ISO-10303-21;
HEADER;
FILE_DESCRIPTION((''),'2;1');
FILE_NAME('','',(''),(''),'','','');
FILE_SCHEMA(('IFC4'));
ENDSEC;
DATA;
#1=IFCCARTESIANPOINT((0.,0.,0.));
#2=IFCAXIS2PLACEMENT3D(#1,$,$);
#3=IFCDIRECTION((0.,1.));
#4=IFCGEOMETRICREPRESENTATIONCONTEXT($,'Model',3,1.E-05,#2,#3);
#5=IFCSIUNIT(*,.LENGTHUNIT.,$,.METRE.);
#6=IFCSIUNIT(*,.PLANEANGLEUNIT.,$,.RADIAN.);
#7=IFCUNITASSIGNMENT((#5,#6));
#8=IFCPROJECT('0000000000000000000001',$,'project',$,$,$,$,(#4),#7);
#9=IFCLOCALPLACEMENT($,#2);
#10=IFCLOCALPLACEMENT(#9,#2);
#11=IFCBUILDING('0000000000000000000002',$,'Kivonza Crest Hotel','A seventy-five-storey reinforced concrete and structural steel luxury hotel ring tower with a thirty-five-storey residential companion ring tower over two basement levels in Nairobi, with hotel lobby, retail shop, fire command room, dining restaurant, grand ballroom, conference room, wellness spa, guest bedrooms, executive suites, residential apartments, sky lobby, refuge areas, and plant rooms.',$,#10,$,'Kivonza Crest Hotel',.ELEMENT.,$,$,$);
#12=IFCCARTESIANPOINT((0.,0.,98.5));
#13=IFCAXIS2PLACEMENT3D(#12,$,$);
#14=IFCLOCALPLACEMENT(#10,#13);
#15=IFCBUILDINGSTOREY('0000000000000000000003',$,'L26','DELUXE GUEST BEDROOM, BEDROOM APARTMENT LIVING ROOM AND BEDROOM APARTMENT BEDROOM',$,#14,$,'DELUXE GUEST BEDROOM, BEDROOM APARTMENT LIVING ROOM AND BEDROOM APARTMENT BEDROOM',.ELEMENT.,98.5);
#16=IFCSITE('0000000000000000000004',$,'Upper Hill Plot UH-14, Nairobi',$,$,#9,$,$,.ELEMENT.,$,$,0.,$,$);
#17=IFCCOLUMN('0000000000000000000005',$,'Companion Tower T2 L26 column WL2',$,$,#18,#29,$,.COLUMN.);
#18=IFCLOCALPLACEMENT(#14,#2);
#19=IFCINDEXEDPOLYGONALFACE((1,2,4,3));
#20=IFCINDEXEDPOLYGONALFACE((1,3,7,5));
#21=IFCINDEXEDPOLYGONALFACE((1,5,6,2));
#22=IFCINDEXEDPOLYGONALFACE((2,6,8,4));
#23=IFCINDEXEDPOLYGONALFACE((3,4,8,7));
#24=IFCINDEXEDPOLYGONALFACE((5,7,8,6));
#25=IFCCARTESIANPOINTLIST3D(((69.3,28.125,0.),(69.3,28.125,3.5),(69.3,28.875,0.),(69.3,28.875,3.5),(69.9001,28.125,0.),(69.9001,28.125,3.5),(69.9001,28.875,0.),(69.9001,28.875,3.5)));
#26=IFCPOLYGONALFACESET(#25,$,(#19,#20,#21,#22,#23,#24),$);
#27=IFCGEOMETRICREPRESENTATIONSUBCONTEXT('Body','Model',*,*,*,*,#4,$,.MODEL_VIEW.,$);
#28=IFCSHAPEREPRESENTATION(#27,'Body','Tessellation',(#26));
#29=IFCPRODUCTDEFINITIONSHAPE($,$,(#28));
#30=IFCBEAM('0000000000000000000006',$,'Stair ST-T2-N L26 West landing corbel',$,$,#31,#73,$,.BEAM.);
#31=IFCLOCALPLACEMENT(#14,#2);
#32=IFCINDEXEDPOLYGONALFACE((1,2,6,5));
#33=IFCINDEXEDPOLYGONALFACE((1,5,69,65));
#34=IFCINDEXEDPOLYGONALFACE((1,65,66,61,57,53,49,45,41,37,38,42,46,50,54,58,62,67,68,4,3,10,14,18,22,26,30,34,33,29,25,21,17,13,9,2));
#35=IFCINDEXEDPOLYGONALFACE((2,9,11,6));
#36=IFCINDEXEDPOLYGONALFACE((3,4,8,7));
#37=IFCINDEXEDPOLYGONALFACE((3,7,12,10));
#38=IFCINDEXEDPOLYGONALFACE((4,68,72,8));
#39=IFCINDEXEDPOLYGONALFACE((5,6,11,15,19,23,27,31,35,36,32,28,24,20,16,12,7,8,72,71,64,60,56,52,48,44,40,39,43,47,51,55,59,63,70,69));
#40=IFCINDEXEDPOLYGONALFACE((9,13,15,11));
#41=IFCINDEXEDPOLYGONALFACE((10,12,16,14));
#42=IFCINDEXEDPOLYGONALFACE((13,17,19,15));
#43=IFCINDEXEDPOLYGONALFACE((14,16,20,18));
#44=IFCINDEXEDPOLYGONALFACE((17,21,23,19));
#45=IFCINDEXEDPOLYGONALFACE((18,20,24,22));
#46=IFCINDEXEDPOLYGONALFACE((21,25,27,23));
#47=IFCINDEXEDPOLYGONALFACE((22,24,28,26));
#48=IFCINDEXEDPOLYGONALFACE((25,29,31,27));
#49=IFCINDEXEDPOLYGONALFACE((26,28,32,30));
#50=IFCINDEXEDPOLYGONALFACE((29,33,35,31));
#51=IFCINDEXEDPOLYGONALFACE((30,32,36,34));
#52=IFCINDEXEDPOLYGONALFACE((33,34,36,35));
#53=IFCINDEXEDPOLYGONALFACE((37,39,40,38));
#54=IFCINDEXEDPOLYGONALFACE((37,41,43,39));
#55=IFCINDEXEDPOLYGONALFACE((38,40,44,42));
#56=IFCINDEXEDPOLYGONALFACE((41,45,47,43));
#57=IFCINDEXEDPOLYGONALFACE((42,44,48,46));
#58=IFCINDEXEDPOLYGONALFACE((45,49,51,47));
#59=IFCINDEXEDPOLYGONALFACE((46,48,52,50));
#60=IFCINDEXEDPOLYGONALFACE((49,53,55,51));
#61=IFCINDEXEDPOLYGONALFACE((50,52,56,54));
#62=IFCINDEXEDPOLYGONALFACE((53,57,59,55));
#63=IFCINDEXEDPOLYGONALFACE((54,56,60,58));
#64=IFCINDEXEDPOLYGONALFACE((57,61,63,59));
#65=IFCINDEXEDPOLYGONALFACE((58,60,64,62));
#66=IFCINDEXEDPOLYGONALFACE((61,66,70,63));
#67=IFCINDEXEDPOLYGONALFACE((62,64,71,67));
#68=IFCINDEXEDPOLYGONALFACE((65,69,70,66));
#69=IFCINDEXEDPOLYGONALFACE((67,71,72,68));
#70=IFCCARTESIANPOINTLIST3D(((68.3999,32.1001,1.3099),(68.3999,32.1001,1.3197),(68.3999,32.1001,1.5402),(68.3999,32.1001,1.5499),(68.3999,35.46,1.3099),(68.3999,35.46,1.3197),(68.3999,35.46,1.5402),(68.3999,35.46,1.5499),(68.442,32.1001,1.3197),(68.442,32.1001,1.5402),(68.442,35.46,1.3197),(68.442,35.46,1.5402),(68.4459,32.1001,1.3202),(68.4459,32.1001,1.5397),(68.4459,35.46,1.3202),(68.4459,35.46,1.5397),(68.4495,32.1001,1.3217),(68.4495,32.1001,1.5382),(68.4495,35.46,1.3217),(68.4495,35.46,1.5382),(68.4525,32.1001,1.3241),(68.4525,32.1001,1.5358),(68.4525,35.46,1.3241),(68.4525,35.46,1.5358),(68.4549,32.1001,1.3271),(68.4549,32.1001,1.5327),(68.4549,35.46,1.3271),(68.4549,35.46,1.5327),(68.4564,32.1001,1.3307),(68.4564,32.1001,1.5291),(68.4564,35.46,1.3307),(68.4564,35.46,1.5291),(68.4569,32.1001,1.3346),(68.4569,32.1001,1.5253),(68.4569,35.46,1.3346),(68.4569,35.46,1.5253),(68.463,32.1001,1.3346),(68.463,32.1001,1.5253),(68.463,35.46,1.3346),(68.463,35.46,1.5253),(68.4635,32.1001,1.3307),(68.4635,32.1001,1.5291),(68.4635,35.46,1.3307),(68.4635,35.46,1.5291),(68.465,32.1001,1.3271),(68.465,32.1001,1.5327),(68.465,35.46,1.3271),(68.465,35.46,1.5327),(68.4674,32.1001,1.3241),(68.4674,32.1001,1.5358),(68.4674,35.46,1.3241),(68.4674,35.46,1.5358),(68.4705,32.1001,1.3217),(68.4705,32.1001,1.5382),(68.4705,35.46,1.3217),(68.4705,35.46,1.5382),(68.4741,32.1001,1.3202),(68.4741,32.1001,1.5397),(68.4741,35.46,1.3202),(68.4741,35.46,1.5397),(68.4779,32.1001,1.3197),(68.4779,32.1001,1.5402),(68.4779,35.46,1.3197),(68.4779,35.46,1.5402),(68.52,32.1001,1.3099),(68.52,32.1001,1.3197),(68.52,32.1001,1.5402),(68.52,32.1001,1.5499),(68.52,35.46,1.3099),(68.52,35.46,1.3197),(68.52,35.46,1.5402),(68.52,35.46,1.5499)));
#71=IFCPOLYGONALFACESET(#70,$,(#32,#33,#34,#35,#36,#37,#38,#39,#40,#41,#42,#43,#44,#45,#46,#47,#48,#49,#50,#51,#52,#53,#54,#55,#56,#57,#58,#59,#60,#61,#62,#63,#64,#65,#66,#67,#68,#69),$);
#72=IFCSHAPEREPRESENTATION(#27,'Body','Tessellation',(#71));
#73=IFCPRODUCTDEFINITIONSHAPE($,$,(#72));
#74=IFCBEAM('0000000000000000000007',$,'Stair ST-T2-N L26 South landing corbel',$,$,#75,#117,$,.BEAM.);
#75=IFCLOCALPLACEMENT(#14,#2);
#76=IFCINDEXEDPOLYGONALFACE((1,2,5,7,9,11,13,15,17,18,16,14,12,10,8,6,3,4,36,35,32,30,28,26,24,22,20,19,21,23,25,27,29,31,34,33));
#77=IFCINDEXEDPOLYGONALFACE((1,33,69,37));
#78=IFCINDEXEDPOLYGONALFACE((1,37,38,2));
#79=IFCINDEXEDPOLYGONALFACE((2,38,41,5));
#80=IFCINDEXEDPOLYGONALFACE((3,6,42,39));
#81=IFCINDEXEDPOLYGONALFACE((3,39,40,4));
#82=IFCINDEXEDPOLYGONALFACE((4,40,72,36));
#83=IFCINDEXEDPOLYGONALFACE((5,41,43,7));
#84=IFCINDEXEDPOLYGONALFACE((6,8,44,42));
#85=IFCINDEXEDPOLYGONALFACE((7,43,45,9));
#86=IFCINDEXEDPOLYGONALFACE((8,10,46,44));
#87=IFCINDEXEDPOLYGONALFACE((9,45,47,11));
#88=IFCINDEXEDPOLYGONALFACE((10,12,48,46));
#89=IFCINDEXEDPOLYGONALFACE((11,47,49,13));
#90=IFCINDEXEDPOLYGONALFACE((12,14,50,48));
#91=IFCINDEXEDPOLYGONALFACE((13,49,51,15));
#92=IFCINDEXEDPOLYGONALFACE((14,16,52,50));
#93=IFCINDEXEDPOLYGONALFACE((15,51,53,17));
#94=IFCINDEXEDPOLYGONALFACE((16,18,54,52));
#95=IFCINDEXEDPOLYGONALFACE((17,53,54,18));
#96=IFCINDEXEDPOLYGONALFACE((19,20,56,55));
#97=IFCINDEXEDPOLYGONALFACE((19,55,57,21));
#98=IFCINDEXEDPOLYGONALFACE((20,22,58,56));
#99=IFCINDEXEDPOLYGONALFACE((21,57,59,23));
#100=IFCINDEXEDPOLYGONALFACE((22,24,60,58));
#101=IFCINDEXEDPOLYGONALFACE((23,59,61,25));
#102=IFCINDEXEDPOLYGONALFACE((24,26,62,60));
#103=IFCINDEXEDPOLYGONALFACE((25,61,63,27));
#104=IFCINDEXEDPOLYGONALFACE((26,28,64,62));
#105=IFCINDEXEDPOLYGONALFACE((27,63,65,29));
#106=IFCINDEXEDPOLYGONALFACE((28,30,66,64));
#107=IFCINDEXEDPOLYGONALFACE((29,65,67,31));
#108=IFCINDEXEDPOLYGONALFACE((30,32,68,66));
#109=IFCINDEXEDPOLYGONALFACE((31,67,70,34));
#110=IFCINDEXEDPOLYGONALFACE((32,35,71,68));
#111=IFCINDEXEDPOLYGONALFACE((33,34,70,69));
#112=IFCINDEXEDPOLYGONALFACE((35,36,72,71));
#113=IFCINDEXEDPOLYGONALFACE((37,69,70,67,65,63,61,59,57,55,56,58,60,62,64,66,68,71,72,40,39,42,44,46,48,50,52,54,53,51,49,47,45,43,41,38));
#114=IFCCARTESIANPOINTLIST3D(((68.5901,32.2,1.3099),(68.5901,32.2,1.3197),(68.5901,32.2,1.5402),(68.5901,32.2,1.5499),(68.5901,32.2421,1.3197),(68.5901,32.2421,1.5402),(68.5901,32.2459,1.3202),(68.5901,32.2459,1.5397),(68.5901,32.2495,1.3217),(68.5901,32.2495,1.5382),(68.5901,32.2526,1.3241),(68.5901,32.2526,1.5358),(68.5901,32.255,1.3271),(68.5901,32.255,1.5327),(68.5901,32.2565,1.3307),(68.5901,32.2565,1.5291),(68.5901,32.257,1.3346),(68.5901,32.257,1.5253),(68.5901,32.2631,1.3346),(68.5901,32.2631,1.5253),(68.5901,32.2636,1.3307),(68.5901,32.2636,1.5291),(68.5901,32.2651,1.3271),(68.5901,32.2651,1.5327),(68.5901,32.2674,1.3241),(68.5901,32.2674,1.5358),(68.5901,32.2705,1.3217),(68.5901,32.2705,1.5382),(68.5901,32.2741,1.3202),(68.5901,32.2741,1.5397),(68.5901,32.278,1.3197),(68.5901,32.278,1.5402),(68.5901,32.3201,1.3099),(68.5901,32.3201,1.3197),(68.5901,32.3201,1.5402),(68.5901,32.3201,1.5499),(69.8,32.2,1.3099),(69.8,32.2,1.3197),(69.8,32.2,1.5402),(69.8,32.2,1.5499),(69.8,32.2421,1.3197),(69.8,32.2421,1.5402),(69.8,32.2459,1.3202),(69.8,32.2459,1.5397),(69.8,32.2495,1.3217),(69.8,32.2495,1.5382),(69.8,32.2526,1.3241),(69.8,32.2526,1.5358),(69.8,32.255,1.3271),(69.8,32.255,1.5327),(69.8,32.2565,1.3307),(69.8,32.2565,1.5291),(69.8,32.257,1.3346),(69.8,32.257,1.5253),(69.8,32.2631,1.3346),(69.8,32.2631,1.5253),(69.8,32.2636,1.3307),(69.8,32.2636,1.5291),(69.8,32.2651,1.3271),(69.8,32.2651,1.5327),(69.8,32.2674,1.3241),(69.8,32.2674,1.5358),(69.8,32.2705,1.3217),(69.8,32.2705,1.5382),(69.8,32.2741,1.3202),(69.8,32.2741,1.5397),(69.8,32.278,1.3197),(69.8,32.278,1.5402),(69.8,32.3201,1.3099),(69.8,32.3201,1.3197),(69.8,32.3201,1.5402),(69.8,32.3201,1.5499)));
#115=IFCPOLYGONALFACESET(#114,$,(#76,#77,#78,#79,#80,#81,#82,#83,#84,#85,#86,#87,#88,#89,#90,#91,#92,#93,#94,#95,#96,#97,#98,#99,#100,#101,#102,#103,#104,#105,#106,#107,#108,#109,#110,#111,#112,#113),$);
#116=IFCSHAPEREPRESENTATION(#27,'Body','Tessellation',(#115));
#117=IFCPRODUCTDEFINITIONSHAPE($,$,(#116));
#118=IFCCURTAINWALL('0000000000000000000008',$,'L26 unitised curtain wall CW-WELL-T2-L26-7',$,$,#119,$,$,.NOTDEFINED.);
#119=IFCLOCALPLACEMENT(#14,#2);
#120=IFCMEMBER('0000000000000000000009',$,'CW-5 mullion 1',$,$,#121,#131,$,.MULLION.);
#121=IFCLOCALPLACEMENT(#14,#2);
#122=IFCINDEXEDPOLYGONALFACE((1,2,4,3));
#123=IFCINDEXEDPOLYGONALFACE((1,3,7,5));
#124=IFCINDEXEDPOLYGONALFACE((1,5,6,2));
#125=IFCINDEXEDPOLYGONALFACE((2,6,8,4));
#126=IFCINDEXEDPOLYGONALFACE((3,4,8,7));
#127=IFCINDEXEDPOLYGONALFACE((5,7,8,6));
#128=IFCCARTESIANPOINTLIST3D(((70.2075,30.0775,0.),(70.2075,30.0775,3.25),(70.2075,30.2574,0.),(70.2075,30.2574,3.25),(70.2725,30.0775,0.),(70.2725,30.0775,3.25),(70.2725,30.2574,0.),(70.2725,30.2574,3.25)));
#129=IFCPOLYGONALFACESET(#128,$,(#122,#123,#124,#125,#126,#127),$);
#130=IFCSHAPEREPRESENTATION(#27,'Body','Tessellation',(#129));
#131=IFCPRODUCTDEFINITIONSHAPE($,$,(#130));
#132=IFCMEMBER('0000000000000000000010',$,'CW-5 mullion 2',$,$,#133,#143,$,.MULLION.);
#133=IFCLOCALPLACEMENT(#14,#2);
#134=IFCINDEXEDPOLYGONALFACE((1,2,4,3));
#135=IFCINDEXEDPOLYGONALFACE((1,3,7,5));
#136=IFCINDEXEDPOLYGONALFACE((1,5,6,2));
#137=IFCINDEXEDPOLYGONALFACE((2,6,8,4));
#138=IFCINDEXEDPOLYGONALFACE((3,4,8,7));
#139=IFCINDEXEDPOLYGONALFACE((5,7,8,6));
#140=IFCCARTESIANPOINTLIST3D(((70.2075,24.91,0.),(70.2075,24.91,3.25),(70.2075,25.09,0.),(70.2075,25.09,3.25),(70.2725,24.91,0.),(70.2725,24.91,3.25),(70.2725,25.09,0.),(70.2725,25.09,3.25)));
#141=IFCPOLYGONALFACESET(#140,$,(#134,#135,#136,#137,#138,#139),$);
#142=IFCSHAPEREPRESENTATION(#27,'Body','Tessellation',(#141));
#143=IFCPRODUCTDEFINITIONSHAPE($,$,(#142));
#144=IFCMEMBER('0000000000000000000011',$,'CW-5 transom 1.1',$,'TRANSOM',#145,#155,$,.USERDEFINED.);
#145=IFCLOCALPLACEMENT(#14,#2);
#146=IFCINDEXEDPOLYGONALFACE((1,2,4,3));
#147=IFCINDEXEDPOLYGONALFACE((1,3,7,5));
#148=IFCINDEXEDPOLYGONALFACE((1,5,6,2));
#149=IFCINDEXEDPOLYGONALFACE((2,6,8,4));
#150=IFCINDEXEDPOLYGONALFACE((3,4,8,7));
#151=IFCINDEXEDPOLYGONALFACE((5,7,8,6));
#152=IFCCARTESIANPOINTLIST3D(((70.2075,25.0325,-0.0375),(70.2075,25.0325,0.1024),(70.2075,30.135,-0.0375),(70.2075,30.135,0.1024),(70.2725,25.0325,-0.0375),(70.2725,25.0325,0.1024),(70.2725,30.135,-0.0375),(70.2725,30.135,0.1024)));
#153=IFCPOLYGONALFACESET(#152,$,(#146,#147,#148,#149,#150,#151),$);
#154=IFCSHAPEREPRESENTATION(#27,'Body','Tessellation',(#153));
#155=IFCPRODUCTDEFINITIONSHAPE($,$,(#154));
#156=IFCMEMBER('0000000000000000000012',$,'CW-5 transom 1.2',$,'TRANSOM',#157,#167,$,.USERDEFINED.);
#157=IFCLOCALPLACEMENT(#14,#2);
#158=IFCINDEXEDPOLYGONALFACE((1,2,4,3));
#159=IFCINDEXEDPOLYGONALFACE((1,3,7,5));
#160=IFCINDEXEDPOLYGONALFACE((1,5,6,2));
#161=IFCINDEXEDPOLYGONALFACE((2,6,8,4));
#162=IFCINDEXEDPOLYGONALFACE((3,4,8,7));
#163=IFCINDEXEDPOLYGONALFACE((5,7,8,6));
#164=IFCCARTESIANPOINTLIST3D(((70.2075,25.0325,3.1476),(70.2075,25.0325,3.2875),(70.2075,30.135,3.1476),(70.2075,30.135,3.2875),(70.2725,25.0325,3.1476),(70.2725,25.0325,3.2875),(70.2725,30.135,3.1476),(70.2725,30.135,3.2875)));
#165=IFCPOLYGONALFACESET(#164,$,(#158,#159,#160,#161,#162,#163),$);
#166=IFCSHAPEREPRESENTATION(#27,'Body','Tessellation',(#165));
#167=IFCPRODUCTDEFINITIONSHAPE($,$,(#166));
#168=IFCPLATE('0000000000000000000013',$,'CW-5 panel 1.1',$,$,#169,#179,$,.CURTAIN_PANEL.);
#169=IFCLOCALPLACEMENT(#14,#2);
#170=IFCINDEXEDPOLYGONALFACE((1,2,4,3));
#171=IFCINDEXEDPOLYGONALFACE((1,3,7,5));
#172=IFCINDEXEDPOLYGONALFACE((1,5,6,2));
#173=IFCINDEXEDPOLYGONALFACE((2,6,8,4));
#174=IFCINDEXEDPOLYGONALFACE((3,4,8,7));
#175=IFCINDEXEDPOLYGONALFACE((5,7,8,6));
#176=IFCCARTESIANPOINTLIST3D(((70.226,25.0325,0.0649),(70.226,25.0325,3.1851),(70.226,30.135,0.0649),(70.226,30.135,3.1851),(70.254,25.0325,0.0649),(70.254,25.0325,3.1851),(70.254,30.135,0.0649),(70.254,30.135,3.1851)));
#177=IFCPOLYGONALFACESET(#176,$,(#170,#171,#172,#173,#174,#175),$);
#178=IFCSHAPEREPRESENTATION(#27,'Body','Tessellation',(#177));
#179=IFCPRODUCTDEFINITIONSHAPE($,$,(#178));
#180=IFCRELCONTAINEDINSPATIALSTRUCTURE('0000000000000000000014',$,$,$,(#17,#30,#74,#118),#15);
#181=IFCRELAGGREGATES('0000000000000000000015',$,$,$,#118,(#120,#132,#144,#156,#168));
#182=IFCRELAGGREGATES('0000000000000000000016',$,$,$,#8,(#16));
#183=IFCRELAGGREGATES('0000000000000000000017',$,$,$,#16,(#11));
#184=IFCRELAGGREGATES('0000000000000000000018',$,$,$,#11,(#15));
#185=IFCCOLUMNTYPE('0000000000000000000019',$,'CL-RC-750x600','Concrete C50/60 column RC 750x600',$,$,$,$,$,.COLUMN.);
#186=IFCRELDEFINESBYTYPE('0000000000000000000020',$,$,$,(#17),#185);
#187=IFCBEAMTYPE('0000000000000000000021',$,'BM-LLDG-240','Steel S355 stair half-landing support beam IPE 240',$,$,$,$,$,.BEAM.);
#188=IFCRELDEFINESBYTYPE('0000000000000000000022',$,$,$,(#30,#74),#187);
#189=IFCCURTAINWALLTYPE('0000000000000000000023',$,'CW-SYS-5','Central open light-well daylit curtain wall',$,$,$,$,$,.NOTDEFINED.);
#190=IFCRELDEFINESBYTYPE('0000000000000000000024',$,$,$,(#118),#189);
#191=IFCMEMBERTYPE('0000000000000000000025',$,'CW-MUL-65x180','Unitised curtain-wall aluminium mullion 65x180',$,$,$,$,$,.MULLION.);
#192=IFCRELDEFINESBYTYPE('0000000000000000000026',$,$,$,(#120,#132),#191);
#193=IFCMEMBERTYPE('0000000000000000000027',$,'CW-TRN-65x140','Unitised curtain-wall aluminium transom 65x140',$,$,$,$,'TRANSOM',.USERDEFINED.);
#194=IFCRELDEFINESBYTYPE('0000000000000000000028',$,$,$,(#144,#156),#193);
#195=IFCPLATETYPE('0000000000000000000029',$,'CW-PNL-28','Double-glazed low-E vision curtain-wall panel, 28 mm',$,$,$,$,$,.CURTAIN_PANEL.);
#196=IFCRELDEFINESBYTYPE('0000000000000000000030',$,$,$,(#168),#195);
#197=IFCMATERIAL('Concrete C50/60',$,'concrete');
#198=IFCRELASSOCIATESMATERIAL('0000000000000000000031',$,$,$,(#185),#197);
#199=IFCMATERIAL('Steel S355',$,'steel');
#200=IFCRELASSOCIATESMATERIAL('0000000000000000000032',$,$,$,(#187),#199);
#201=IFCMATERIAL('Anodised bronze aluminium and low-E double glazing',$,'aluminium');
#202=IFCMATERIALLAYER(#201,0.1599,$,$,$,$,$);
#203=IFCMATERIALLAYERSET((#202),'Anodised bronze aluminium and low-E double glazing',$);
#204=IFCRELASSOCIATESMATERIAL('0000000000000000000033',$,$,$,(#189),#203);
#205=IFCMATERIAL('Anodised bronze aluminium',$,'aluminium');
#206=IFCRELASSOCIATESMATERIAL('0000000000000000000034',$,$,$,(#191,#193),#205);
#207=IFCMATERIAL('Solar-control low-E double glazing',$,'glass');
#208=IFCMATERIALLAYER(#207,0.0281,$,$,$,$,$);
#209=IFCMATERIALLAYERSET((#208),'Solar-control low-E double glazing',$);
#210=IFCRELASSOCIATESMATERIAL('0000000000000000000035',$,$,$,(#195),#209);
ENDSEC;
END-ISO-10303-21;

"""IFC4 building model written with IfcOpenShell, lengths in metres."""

from ifc_helpers import new_model, si_unit, direction, frame, origin, origin_2d, place, context, subcontext, project, spatial, rectangle, i_section, extrude, material, layer, layer_set, material_profile, profile_set, type_object, element, aggregate, save


model = new_model("IFC4")

# Units and contexts
model_context = context("Model", 3, precision=1e-05, world=origin(), true_north=direction((0.0, 1.0)))
body_context = subcontext(model_context, "Body", "Model", "MODEL_VIEW")
ifc_project = project(units=[si_unit("LENGTHUNIT", "METRE"), si_unit("PLANEANGLEUNIT", "RADIAN")], contexts=[model_context])

# Site, building, storey
site_placement = place(None, origin())
site = spatial("IfcSite", under=ifc_project, at=site_placement, Name="Upper Hill Plot UH-14, Nairobi", CompositionType="ELEMENT", RefElevation=0.0)
building_placement = place(site_placement, origin())
building = spatial("IfcBuilding", under=site, at=building_placement, Name="Kivonza Crest Hotel", Description="A seventy-five-storey reinforced concrete and structural steel luxury hotel ring tower with a thirty-five-storey residential companion ring tower over two basement levels in Nairobi, with hotel lobby, retail shop, fire command room, dining restaurant, grand ballroom, conference room, wellness spa, guest bedrooms, executive suites, residential apartments, sky lobby, refuge areas, and plant rooms.", LongName="Kivonza Crest Hotel", CompositionType="ELEMENT")
storey_placement = place(building_placement, frame((0.0, 0.0, 98.5)))
storey = spatial("IfcBuildingStorey", under=building, at=storey_placement, Name="L26", Description="DELUXE GUEST BEDROOM, BEDROOM APARTMENT LIVING ROOM AND BEDROOM APARTMENT BEDROOM", LongName="DELUXE GUEST BEDROOM, BEDROOM APARTMENT LIVING ROOM AND BEDROOM APARTMENT BEDROOM", CompositionType="ELEMENT", Elevation=98.5)

# Column
ifc_material_1 = material(Name="Concrete C50/60", Category="concrete")
ifc_material_profile_1 = material_profile(ifc_material_1, rectangle(XDim=0.6001, YDim=0.75, at=origin_2d()), Name="RC 750x600")
ifc_profile_set_1 = profile_set([ifc_material_profile_1], Name="Concrete C50/60")
column_type = type_object("IfcColumnType", Name="CL-RC-750x600", Description="Concrete C50/60 column RC 750x600", PredefinedType="COLUMN", material=ifc_profile_set_1)
column_placement = place(storey_placement, frame((69.6001, 28.5, 0.0), z_axis=(0.0, 0.0, 1.0), x_axis=(1.0, 0.0, 0.0)))
element("IfcColumn", 1, at=column_placement, inside=storey, type_object=column_type, Name="Companion Tower T2 L26 column WL2", PredefinedType="COLUMN", context=body_context, shape_type="SweptSolid", body=[
    extrude(rectangle(XDim=0.6001, YDim=0.75, at=origin_2d()), origin(), (0.0, 0.0, 1.0), 3.5),
])

# Beams
ifc_material_2 = material(Name="Steel S355", Category="steel")
ifc_material_profile_2 = material_profile(ifc_material_2, i_section(OverallWidth=0.1201, OverallDepth=0.24, WebThickness=0.0061, FlangeThickness=0.0098, FilletRadius=0.0149, at=origin_2d()), Name="IPE 240")
ifc_profile_set_2 = profile_set([ifc_material_profile_2], Name="Steel S355")
beam_type = type_object("IfcBeamType", Name="BM-LLDG-240", Description="Steel S355 stair half-landing support beam IPE 240", PredefinedType="BEAM", material=ifc_profile_set_2)
beam_1_placement = place(storey_placement, frame((68.46, 32.1001, 1.4299), z_axis=(0.0, 1.0, 0.0), x_axis=(-1.0, 0.0, 0.0)))
element("IfcBeam", 2, at=beam_1_placement, inside=storey, type_object=beam_type, Name="Stair ST-T2-N L26 West landing corbel", PredefinedType="BEAM", context=body_context, shape_type="SweptSolid", body=[
    extrude(i_section(OverallWidth=0.1201, OverallDepth=0.24, WebThickness=0.0061, FlangeThickness=0.0098, FilletRadius=0.0149, at=origin_2d()), origin(), (0.0, 0.0, 1.0), 3.3599),
])
beam_2_placement = place(storey_placement, frame((68.5901, 32.26, 1.4299), z_axis=(1.0, 0.0, 0.0), x_axis=(0.0, 1.0, 0.0)))
element("IfcBeam", 3, at=beam_2_placement, inside=storey, type_object=beam_type, Name="Stair ST-T2-N L26 South landing corbel", PredefinedType="BEAM", context=body_context, shape_type="SweptSolid", body=[
    extrude(i_section(OverallWidth=0.1201, OverallDepth=0.24, WebThickness=0.0061, FlangeThickness=0.0098, FilletRadius=0.0149, at=origin_2d()), origin(), (0.0, 0.0, 1.0), 1.21),
])

# Curtain wall, members, plate
ifc_material_3 = material(Name="Anodised bronze aluminium and low-E double glazing", Category="aluminium")
ifc_layer_1 = layer(ifc_material_3, 0.1599)
ifc_layer_set_1 = layer_set([ifc_layer_1], Name="Anodised bronze aluminium and low-E double glazing")
curtain_wall_type = type_object("IfcCurtainWallType", Name="CW-SYS-5", Description="Central open light-well daylit curtain wall", PredefinedType="NOTDEFINED", material=ifc_layer_set_1)
curtain_wall_placement = place(storey_placement, origin())
curtain_wall = element("IfcCurtainWall", 4, at=curtain_wall_placement, inside=storey, type_object=curtain_wall_type, Name="L26 unitised curtain wall CW-WELL-T2-L26-7", PredefinedType="NOTDEFINED")
ifc_material_4 = material(Name="Anodised bronze aluminium", Category="aluminium")
ifc_material_profile_3 = material_profile(ifc_material_4, rectangle(XDim=0.0649, YDim=0.1799, at=origin_2d()), Name="CW-M 65x180")
ifc_profile_set_3 = profile_set([ifc_material_profile_3], Name="Anodised bronze aluminium")
member_type_1 = type_object("IfcMemberType", Name="CW-MUL-65x180", Description="Unitised curtain-wall aluminium mullion 65x180", PredefinedType="MULLION", material=ifc_profile_set_3)
member_1_placement = place(storey_placement, frame((70.24, 30.1675, 0.0), z_axis=(0.0, 0.0, 1.0), x_axis=(1.0, 0.0, 0.0)))
member_1 = element("IfcMember", 5, at=member_1_placement, type_object=member_type_1, Name="CW-5 mullion 1", PredefinedType="MULLION", context=body_context, shape_type="SweptSolid", body=[
    extrude(rectangle(XDim=0.0649, YDim=0.1799, at=origin_2d()), origin(), (0.0, 0.0, 1.0), 3.25),
])
member_2_placement = place(storey_placement, frame((70.24, 25.0, 0.0), z_axis=(0.0, 0.0, 1.0), x_axis=(1.0, 0.0, 0.0)))
member_2 = element("IfcMember", 6, at=member_2_placement, type_object=member_type_1, Name="CW-5 mullion 2", PredefinedType="MULLION", context=body_context, shape_type="SweptSolid", body=[
    extrude(rectangle(XDim=0.0649, YDim=0.1799, at=origin_2d()), origin(), (0.0, 0.0, 1.0), 3.25),
])
ifc_material_profile_4 = material_profile(ifc_material_4, rectangle(XDim=0.0649, YDim=0.1399, at=origin_2d()), Name="CW-T 65x140")
ifc_profile_set_4 = profile_set([ifc_material_profile_4], Name="Anodised bronze aluminium")
member_type_2 = type_object("IfcMemberType", Name="CW-TRN-65x140", Description="Unitised curtain-wall aluminium transom 65x140", ElementType="TRANSOM", PredefinedType="USERDEFINED", material=ifc_profile_set_4)
member_3_placement = place(storey_placement, frame((70.24, 30.135, 0.0325), z_axis=(0.0, -1.0, 0.0), x_axis=(1.0, 0.0, 0.0)))
member_3 = element("IfcMember", 7, at=member_3_placement, type_object=member_type_2, Name="CW-5 transom 1.1", ObjectType="TRANSOM", PredefinedType="USERDEFINED", context=body_context, shape_type="SweptSolid", body=[
    extrude(rectangle(XDim=0.0649, YDim=0.1399, at=origin_2d()), origin(), (0.0, 0.0, 1.0), 5.1025),
])
member_4_placement = place(storey_placement, frame((70.24, 30.135, 3.2175), z_axis=(0.0, -1.0, 0.0), x_axis=(1.0, 0.0, 0.0)))
member_4 = element("IfcMember", 8, at=member_4_placement, type_object=member_type_2, Name="CW-5 transom 1.2", ObjectType="TRANSOM", PredefinedType="USERDEFINED", context=body_context, shape_type="SweptSolid", body=[
    extrude(rectangle(XDim=0.0649, YDim=0.1399, at=origin_2d()), origin(), (0.0, 0.0, 1.0), 5.1025),
])
ifc_material_5 = material(Name="Solar-control low-E double glazing", Category="glass")
ifc_layer_2 = layer(ifc_material_5, 0.0281)
ifc_layer_set_2 = layer_set([ifc_layer_2], Name="Solar-control low-E double glazing")
plate_type = type_object("IfcPlateType", Name="CW-PNL-28", Description="Double-glazed low-E vision curtain-wall panel, 28 mm", PredefinedType="CURTAIN_PANEL", material=ifc_layer_set_2)
plate_placement = place(storey_placement, frame((70.24, 27.5837, 0.0649), z_axis=(0.0, 0.0, 1.0), x_axis=(0.0, -1.0, 0.0)))
plate = element("IfcPlate", 9, at=plate_placement, type_object=plate_type, Name="CW-5 panel 1.1", PredefinedType="CURTAIN_PANEL", context=body_context, shape_type="SweptSolid", body=[
    extrude(rectangle(XDim=5.1025, YDim=0.0281, at=origin_2d()), origin(), (0.0, 0.0, 1.0), 3.1201),
])
aggregate(curtain_wall, [member_1, member_2, member_3, member_4, plate])

save(model, "model.ifc")
